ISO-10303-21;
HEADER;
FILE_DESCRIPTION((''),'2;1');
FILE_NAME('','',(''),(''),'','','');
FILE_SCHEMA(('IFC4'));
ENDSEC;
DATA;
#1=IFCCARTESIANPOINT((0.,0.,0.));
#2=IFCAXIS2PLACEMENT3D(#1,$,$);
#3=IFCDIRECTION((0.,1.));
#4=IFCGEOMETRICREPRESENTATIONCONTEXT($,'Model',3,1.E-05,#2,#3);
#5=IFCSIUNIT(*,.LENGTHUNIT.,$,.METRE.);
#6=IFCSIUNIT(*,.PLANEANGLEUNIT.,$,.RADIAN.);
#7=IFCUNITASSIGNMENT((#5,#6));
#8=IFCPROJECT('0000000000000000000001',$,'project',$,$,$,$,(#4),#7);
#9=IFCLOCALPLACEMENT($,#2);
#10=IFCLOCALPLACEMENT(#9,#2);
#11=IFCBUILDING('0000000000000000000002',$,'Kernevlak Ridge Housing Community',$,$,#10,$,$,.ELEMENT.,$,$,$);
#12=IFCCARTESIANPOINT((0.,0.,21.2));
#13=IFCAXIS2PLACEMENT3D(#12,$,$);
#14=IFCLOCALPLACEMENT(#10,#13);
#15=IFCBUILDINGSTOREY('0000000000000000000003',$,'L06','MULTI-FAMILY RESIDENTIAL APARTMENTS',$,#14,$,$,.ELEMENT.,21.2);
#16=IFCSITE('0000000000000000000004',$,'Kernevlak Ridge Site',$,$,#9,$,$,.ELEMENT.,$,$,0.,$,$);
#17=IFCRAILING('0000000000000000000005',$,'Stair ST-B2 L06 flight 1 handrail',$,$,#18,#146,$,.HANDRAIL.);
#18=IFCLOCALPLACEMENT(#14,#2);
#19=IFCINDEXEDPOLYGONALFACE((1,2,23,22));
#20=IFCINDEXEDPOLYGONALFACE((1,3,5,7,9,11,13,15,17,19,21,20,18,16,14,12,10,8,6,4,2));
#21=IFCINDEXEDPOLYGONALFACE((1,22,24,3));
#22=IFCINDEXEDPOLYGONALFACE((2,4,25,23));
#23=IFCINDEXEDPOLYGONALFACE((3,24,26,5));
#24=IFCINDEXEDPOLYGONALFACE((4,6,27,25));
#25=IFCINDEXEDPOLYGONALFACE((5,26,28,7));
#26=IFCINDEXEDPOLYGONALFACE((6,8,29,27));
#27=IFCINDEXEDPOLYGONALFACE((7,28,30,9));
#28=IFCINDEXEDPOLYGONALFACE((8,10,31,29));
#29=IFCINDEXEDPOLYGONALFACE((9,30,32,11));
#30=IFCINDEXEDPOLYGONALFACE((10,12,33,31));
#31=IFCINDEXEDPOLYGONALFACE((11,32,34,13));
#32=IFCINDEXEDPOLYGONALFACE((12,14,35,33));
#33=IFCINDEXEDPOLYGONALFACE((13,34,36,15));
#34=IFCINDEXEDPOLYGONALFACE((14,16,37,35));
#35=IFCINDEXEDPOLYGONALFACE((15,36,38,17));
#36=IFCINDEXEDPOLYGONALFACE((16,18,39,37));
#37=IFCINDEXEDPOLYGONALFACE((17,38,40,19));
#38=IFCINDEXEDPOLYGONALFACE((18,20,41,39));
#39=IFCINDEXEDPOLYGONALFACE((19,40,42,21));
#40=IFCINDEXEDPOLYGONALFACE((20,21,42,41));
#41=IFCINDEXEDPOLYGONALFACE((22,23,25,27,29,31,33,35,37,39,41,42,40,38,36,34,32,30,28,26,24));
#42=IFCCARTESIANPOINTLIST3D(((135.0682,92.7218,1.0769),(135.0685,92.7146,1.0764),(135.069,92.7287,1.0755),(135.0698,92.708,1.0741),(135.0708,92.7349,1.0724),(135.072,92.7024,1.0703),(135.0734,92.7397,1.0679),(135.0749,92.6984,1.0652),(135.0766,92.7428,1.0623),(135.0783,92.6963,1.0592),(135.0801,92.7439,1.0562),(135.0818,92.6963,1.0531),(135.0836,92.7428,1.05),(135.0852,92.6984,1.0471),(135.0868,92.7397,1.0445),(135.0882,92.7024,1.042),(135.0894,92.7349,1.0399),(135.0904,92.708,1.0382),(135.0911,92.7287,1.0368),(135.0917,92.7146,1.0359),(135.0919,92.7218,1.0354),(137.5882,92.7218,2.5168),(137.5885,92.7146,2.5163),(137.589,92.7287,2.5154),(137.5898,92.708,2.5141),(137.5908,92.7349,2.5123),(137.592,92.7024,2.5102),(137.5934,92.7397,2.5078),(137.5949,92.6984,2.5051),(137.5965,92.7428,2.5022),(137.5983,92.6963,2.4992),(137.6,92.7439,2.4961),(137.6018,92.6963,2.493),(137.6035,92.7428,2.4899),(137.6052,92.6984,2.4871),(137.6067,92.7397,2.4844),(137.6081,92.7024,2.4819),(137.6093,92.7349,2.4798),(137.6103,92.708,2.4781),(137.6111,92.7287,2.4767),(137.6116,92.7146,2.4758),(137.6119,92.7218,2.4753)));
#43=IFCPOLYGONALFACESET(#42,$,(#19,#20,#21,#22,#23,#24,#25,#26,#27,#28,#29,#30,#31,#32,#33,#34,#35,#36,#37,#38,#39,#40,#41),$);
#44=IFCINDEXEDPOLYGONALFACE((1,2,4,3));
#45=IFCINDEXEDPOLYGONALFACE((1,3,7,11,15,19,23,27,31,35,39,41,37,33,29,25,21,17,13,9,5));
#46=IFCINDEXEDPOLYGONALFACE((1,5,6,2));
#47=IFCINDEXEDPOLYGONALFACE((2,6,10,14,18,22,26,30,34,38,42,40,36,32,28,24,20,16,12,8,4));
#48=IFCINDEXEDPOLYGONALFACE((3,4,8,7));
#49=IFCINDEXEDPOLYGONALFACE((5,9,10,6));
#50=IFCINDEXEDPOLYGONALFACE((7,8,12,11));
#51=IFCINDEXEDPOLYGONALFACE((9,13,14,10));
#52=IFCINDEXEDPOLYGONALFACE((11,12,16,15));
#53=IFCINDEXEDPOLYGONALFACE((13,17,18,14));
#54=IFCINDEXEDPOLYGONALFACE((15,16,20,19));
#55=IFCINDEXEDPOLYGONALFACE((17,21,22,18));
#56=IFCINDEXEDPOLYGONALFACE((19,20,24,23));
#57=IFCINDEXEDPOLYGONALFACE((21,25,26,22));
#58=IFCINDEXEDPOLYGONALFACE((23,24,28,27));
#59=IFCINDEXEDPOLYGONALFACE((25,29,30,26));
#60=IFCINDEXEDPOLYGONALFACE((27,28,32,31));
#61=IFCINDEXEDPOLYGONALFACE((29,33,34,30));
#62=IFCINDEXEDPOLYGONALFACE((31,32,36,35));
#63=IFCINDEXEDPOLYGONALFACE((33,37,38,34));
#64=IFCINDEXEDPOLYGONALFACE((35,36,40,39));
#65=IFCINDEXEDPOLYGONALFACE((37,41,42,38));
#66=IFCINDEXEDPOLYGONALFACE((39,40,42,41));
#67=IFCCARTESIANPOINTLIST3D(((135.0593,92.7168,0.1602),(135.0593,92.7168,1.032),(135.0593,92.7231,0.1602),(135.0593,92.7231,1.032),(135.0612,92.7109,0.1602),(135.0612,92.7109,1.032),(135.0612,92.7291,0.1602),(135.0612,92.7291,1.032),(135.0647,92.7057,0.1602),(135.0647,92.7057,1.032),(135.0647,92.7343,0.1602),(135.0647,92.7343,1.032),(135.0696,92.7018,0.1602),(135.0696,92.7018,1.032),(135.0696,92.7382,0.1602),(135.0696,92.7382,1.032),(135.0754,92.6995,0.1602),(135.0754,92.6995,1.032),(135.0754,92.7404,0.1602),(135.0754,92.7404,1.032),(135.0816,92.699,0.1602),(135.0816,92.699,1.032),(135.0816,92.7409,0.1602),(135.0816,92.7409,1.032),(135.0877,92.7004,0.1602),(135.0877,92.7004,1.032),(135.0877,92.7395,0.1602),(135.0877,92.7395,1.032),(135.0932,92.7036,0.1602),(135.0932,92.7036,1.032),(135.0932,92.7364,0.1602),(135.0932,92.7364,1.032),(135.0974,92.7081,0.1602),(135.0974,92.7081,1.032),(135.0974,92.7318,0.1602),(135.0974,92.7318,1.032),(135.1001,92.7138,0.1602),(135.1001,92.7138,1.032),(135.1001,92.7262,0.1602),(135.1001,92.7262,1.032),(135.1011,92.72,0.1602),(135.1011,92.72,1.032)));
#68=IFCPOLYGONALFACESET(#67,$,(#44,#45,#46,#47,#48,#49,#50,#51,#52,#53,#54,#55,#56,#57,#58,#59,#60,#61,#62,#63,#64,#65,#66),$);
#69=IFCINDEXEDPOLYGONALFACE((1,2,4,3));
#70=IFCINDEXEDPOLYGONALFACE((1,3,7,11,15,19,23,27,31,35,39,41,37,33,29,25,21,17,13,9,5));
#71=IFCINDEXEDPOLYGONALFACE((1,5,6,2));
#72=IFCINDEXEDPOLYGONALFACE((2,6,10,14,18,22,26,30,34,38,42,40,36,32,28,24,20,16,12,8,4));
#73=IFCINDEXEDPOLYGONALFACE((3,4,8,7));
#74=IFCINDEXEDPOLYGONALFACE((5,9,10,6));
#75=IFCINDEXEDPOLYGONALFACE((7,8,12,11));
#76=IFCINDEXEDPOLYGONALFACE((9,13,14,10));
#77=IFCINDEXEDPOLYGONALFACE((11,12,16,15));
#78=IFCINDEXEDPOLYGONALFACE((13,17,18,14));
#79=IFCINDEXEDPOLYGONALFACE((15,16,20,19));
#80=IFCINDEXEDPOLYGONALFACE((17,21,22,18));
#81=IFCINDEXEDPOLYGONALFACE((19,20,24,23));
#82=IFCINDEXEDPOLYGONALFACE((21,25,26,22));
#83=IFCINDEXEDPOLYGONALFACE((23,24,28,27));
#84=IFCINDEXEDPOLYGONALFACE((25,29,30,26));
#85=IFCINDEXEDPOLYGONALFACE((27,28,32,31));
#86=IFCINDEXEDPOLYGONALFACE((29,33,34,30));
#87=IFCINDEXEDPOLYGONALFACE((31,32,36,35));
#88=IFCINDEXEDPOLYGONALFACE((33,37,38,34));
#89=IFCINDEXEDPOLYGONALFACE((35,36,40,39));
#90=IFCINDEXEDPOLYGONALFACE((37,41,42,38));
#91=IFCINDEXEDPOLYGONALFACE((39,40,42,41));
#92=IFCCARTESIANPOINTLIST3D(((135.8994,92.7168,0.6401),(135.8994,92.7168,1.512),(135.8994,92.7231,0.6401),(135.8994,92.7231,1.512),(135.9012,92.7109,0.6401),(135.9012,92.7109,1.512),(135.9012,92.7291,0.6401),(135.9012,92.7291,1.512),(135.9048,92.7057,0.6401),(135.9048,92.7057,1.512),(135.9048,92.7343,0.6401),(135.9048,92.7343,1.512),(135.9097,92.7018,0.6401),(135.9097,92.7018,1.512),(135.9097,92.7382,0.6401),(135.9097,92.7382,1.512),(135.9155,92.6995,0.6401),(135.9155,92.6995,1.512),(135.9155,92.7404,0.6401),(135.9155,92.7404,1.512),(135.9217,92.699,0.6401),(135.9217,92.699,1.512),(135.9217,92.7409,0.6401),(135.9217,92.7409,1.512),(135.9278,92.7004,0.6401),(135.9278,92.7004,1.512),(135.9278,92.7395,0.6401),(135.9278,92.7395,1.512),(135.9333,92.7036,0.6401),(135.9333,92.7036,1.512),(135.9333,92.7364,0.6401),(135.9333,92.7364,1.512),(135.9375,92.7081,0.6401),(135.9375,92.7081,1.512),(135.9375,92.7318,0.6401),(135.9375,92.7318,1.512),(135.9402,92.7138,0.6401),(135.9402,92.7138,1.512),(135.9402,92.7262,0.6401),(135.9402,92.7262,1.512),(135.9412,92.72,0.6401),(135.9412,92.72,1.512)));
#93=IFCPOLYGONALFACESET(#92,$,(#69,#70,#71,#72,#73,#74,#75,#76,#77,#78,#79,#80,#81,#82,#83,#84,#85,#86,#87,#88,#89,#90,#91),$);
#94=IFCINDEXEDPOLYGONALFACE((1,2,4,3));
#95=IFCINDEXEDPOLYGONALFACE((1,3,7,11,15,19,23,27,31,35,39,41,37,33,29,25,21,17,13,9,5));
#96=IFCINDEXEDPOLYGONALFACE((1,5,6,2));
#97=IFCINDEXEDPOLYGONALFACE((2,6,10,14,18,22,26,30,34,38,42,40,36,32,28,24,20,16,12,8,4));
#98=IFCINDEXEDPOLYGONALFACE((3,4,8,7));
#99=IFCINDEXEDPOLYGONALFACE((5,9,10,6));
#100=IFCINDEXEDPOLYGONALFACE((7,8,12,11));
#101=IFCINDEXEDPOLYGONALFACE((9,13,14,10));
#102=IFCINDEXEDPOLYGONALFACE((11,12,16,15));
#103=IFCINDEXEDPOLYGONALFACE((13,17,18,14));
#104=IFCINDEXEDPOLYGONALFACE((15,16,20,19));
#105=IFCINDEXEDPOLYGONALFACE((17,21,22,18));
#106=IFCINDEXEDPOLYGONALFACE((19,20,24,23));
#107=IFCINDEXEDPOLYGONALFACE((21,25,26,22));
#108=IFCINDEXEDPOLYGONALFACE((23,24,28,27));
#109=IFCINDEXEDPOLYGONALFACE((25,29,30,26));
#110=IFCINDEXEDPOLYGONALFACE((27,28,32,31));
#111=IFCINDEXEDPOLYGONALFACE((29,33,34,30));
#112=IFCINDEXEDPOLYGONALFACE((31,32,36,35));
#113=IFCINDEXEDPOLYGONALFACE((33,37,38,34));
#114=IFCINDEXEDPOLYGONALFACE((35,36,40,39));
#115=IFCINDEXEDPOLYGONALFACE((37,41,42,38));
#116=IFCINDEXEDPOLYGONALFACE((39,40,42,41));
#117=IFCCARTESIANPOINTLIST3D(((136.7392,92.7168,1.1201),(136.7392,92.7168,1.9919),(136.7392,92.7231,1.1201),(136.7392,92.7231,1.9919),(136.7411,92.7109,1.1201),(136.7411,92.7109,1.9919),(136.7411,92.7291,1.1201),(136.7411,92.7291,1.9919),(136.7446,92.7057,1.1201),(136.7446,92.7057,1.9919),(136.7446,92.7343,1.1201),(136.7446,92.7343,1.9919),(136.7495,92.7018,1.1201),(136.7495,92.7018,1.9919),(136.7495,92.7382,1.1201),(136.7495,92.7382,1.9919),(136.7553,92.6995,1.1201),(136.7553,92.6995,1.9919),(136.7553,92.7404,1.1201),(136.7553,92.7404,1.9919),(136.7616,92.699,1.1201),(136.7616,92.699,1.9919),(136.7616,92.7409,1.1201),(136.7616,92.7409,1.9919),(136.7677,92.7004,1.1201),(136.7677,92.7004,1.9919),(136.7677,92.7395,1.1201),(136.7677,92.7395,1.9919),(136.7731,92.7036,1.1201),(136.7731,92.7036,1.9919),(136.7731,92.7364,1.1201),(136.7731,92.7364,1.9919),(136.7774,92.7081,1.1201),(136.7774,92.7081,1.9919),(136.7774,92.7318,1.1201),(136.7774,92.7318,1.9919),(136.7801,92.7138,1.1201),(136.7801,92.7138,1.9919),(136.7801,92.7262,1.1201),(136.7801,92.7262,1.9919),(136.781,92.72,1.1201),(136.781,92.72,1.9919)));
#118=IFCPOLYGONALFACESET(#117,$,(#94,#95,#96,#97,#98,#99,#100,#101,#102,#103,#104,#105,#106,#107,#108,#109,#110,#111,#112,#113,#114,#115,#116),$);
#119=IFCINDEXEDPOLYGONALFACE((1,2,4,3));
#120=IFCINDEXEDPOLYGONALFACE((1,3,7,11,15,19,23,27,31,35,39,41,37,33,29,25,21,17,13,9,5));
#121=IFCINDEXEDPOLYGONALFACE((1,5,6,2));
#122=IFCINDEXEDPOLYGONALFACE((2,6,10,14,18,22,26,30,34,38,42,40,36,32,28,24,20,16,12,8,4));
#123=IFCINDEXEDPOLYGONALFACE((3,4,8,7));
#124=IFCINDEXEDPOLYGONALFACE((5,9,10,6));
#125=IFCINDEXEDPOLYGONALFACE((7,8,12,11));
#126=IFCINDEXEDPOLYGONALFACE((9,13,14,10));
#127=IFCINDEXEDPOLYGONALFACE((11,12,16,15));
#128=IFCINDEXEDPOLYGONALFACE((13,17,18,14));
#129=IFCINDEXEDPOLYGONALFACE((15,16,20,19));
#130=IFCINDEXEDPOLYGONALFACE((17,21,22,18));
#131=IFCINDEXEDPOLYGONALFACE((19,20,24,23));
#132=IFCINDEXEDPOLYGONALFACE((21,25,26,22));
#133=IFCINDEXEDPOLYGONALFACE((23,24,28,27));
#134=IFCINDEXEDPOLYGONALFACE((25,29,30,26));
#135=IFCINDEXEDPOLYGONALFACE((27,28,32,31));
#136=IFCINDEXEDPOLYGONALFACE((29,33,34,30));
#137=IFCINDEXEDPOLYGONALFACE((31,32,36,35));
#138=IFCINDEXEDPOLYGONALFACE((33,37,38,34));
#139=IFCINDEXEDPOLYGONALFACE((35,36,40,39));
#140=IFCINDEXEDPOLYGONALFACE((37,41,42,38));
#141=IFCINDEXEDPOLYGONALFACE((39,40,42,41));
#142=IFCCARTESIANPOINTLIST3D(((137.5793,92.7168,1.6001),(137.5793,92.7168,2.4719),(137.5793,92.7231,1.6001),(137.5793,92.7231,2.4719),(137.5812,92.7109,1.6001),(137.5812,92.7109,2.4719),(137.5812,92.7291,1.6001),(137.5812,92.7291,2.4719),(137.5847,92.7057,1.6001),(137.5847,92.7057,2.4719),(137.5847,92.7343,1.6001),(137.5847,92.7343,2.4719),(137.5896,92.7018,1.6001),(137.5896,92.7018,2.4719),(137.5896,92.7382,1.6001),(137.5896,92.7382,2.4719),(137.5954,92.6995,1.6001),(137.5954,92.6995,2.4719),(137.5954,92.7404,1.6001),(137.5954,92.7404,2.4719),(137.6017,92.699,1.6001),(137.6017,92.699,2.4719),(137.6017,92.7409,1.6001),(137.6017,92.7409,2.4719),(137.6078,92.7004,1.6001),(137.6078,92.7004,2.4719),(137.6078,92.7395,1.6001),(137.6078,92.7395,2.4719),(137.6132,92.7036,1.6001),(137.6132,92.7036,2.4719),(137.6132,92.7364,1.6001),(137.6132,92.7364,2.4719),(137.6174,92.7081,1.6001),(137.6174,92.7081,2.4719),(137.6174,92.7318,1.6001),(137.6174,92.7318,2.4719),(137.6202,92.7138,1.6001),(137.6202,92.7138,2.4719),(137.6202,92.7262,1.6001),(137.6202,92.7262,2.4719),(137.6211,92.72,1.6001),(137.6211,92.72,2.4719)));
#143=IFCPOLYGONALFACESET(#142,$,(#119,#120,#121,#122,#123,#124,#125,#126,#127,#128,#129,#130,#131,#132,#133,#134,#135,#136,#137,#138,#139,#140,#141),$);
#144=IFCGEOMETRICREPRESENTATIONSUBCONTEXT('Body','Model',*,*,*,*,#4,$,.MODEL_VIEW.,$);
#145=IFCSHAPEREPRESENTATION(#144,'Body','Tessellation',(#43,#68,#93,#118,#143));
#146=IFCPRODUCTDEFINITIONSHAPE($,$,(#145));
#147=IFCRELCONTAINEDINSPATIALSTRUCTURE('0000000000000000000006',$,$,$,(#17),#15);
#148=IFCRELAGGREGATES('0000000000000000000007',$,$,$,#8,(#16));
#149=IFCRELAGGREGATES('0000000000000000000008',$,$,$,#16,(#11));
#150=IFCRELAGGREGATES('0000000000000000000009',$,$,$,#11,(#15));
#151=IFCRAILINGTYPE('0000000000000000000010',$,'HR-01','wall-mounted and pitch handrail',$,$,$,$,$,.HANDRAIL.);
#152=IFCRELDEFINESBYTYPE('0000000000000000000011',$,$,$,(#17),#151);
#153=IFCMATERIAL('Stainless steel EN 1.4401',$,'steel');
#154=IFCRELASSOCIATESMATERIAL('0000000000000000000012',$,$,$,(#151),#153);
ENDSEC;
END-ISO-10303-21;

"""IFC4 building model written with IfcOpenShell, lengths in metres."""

from ifc_helpers import new_model, si_unit, direction, frame, origin, origin_2d, place, context, subcontext, project, spatial, circle, extrude, material, type_object, element, save


model = new_model("IFC4")

# Units and contexts
model_context = context("Model", 3, precision=1e-05, world=origin(), true_north=direction((0.0, 1.0)))
body_context = subcontext(model_context, "Body", "Model", "MODEL_VIEW")
ifc_project = project(units=[si_unit("LENGTHUNIT", "METRE"), si_unit("PLANEANGLEUNIT", "RADIAN")], contexts=[model_context])

# Site, building, storey
site_placement = place(None, origin())
site = spatial("IfcSite", under=ifc_project, at=site_placement, Name="Kernevlak Ridge Site", CompositionType="ELEMENT", RefElevation=0.0)
building_placement = place(site_placement, origin())
building = spatial("IfcBuilding", under=site, at=building_placement, Name="Kernevlak Ridge Housing Community", CompositionType="ELEMENT")
storey_placement = place(building_placement, frame((0.0, 0.0, 21.2)))
storey = spatial("IfcBuildingStorey", under=building, at=storey_placement, Name="L06", Description="MULTI-FAMILY RESIDENTIAL APARTMENTS", CompositionType="ELEMENT", Elevation=21.2)

# Railing
ifc_material_1 = material(Name="Stainless steel EN 1.4401", Category="steel")
railing_type_1 = type_object("IfcRailingType", Name="HR-01", Description="wall-mounted and pitch handrail", PredefinedType="HANDRAIL", material=ifc_material_1)
railing_1_placement = place(storey_placement, frame((135.0801, 92.72, 0.1602)))
element("IfcRailing", 1, at=railing_1_placement, inside=storey, type_object=railing_type_1, Name="Stair ST-B2 L06 flight 1 handrail", PredefinedType="HANDRAIL", context=body_context, shape_type="SweptSolid", body=[
    extrude(circle(Radius=0.0239, at=origin_2d()), frame((0.0, 0.0, 0.896), z_axis=(0.868253, 0.0, 0.496121), x_axis=(0.0, 1.0, 0.0)), (0.0, 0.0, 1.0), 2.9023),
    extrude(circle(Radius=0.021, at=origin_2d()), origin(), (0.0, 0.0, 1.0), 0.8718),
    extrude(circle(Radius=0.021, at=origin_2d()), frame((0.8401, 0.0, 0.48)), (0.0, 0.0, 1.0), 0.8718),
    extrude(circle(Radius=0.021, at=origin_2d()), frame((1.6799, 0.0, 0.96)), (0.0, 0.0, 1.0), 0.8718),
    extrude(circle(Radius=0.021, at=origin_2d()), frame((2.52, 0.0, 1.4399)), (0.0, 0.0, 1.0), 0.8718),
])

save(model, "model.ifc")
